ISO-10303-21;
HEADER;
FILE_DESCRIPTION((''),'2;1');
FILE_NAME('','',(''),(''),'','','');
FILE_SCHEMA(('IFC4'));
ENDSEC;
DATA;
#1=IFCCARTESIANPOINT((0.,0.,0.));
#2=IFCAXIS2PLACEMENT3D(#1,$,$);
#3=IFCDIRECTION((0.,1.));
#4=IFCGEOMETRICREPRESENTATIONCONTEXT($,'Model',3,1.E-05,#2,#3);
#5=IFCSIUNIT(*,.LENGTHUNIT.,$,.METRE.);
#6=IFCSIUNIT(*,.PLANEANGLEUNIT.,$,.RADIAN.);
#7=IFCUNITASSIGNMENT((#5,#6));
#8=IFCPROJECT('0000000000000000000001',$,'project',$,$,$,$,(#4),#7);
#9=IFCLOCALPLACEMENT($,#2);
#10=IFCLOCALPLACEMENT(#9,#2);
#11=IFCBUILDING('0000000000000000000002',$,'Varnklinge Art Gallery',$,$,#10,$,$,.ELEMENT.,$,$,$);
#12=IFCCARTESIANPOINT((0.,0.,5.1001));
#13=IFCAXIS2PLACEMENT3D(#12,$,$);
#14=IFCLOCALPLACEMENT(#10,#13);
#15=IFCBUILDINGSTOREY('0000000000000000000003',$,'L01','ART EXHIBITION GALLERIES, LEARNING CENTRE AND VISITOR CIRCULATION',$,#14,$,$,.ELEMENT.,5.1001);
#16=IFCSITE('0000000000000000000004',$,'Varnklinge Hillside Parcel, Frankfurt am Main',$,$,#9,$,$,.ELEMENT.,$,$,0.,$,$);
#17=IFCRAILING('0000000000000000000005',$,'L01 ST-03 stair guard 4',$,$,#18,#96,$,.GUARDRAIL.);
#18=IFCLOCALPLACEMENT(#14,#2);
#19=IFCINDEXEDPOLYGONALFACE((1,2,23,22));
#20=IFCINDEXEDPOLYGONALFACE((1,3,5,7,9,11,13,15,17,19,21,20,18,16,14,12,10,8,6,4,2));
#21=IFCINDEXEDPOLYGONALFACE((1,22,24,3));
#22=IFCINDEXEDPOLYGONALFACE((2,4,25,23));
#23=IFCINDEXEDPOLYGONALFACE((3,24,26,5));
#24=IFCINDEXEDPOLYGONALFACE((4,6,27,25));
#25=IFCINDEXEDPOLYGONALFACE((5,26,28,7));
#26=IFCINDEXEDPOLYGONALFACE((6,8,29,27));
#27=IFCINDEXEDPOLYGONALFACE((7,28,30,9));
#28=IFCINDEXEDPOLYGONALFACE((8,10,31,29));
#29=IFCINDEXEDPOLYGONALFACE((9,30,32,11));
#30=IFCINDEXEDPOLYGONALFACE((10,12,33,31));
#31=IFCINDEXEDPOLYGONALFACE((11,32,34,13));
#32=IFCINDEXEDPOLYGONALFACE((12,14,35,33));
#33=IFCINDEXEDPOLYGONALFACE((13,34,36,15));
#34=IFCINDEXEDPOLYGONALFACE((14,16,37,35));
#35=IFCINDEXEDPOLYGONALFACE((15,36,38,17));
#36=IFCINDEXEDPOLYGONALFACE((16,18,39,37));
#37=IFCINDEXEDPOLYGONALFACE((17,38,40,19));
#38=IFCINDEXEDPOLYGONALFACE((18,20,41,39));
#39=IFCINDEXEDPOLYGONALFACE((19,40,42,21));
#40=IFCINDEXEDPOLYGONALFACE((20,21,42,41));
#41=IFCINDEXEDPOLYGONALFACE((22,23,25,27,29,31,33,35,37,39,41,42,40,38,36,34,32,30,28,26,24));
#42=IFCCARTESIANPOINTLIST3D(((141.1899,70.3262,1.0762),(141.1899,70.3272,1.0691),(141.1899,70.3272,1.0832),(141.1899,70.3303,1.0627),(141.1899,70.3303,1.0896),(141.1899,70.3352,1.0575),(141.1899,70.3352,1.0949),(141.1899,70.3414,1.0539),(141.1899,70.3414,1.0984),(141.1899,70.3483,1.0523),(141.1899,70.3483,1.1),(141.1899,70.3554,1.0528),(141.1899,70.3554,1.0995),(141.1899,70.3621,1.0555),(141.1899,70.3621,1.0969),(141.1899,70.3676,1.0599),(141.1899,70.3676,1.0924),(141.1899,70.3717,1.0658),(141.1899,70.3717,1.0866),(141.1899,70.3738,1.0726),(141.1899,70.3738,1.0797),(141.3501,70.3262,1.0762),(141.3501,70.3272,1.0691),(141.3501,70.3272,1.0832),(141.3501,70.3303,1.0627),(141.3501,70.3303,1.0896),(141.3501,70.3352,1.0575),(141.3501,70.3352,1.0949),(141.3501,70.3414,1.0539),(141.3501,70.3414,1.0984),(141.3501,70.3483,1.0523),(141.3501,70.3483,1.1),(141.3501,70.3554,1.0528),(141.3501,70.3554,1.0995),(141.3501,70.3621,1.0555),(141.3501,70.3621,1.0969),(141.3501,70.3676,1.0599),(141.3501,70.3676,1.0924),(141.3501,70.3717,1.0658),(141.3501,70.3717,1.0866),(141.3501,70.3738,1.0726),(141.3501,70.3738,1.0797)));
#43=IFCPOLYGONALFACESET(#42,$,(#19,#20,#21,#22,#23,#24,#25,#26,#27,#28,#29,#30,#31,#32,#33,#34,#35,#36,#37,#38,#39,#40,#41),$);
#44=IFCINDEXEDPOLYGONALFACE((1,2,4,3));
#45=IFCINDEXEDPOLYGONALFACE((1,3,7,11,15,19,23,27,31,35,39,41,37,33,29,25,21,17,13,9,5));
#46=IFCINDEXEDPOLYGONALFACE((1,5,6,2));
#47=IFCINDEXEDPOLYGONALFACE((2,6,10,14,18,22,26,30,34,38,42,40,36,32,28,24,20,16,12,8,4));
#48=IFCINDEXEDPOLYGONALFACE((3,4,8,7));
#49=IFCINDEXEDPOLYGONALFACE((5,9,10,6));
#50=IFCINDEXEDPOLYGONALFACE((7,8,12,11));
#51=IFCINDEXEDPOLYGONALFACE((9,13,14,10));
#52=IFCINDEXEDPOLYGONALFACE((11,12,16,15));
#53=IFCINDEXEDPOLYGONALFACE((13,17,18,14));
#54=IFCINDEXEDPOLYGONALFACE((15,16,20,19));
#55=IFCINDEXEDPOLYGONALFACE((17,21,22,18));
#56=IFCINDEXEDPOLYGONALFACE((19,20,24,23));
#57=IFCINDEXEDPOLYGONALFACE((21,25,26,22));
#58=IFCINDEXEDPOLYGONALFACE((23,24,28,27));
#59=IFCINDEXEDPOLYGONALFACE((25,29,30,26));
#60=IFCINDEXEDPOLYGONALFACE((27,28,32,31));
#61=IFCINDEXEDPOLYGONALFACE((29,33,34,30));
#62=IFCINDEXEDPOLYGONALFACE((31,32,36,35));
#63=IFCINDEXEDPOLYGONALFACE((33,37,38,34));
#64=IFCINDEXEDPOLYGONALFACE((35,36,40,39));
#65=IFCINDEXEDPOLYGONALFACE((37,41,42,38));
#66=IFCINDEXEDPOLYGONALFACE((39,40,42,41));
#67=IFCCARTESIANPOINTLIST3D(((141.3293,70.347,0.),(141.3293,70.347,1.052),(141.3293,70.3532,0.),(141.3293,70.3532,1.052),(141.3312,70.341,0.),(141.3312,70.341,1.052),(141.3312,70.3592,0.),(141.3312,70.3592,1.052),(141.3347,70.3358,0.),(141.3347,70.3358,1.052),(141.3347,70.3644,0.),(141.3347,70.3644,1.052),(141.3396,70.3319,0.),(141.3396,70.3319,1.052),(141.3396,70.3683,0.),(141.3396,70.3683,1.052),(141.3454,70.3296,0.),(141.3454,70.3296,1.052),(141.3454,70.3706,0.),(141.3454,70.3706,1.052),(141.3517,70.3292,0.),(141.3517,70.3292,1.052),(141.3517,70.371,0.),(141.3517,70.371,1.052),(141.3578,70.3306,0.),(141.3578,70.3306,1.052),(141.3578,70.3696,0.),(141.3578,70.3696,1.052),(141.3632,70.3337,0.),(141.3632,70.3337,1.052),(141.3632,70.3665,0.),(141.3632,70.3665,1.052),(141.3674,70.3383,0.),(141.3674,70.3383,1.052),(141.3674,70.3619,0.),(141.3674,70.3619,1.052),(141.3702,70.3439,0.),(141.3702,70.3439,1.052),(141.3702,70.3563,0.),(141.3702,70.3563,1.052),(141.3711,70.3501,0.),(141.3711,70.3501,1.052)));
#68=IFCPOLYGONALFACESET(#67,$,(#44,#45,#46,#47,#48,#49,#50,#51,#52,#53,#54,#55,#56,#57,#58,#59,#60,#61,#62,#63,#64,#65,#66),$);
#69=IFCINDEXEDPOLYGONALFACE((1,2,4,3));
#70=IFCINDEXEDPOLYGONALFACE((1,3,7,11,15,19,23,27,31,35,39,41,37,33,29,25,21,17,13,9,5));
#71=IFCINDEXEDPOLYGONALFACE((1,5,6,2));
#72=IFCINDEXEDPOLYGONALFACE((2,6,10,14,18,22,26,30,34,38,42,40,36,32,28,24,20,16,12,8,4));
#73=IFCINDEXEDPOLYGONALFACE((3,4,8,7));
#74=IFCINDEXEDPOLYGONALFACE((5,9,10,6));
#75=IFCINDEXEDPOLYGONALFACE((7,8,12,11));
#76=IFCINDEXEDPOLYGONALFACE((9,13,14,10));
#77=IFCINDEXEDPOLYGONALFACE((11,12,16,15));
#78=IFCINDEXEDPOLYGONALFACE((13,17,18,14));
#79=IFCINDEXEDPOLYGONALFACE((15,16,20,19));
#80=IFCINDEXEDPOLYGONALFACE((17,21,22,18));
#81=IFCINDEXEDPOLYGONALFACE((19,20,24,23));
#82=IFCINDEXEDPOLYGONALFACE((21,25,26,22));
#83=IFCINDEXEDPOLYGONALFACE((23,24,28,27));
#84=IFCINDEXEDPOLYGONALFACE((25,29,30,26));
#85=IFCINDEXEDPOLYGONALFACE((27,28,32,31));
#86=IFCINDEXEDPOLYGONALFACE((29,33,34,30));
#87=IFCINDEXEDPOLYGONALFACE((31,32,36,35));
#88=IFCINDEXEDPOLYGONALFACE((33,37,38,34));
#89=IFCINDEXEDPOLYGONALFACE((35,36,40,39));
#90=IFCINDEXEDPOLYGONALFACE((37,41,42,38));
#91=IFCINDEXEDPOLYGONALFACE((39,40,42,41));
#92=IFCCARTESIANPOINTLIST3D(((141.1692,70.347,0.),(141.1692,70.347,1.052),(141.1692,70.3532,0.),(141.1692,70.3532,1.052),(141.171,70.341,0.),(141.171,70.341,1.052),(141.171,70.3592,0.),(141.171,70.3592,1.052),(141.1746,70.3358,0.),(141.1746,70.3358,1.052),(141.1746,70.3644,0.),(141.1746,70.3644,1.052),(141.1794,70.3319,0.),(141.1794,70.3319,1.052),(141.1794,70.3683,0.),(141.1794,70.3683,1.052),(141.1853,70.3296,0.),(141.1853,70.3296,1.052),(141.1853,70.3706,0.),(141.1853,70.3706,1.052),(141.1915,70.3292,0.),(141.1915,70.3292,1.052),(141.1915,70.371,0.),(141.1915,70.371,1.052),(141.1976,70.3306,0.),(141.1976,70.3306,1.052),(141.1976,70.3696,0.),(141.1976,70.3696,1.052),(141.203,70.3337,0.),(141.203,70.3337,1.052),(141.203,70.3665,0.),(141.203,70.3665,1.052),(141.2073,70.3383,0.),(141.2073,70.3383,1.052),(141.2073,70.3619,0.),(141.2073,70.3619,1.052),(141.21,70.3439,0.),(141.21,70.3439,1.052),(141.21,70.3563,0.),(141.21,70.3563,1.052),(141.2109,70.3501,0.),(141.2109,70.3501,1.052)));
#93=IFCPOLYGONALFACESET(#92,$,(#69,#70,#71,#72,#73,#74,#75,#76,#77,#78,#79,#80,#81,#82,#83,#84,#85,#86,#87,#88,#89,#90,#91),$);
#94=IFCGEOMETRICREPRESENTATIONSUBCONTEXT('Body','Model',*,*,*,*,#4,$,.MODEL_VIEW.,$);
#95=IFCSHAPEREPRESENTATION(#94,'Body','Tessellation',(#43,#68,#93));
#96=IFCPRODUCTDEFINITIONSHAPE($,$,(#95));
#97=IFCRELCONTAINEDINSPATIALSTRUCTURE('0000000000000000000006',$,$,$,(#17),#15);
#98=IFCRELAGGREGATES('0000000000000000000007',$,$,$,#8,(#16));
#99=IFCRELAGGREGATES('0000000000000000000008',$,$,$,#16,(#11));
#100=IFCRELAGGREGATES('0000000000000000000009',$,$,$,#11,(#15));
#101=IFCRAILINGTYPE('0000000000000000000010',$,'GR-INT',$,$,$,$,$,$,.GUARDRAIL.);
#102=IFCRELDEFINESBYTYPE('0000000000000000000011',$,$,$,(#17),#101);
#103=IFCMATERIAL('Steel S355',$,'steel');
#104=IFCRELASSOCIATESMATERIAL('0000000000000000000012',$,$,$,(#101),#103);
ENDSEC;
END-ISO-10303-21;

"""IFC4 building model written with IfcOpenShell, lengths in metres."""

from ifc_helpers import new_model, si_unit, direction, frame, origin, origin_2d, place, context, subcontext, project, spatial, circle, extrude, material, type_object, element, save


model = new_model("IFC4")

# Units and contexts
model_context = context("Model", 3, precision=1e-05, world=origin(), true_north=direction((0.0, 1.0)))
body_context = subcontext(model_context, "Body", "Model", "MODEL_VIEW")
ifc_project = project(units=[si_unit("LENGTHUNIT", "METRE"), si_unit("PLANEANGLEUNIT", "RADIAN")], contexts=[model_context])

# Site, building, storey
site_placement = place(None, origin())
site = spatial("IfcSite", under=ifc_project, at=site_placement, Name="Varnklinge Hillside Parcel, Frankfurt am Main", CompositionType="ELEMENT", RefElevation=0.0)
building_placement = place(site_placement, origin())
building = spatial("IfcBuilding", under=site, at=building_placement, Name="Varnklinge Art Gallery", CompositionType="ELEMENT")
storey_placement = place(building_placement, frame((0.0, 0.0, 5.1001)))
storey = spatial("IfcBuildingStorey", under=building, at=storey_placement, Name="L01", Description="ART EXHIBITION GALLERIES, LEARNING CENTRE AND VISITOR CIRCULATION", CompositionType="ELEMENT", Elevation=5.1001)

# Railing
ifc_material_1 = material(Name="Steel S355", Category="steel")
railing_type_1 = type_object("IfcRailingType", Name="GR-INT", PredefinedType="GUARDRAIL", material=ifc_material_1)
railing_1_placement = place(storey_placement, frame((141.3501, 70.3501, 0.0)))
element("IfcRailing", 1, at=railing_1_placement, inside=storey, type_object=railing_type_1, Name="L01 ST-03 stair guard 4", PredefinedType="GUARDRAIL", context=body_context, shape_type="SweptSolid", body=[
    extrude(circle(Radius=0.0239, at=origin_2d()), frame((0.0, 0.0, 1.0762), z_axis=(-1.0, 0.0, 0.0), x_axis=(0.0, -1.0, 0.0)), (0.0, 0.0, 1.0), 0.1602),
    extrude(circle(Radius=0.021, at=origin_2d()), origin(), (0.0, 0.0, 1.0), 1.052),
    extrude(circle(Radius=0.021, at=origin_2d()), frame((-0.1602, 0.0, 0.0)), (0.0, 0.0, 1.0), 1.052),
])

save(model, "model.ifc")
